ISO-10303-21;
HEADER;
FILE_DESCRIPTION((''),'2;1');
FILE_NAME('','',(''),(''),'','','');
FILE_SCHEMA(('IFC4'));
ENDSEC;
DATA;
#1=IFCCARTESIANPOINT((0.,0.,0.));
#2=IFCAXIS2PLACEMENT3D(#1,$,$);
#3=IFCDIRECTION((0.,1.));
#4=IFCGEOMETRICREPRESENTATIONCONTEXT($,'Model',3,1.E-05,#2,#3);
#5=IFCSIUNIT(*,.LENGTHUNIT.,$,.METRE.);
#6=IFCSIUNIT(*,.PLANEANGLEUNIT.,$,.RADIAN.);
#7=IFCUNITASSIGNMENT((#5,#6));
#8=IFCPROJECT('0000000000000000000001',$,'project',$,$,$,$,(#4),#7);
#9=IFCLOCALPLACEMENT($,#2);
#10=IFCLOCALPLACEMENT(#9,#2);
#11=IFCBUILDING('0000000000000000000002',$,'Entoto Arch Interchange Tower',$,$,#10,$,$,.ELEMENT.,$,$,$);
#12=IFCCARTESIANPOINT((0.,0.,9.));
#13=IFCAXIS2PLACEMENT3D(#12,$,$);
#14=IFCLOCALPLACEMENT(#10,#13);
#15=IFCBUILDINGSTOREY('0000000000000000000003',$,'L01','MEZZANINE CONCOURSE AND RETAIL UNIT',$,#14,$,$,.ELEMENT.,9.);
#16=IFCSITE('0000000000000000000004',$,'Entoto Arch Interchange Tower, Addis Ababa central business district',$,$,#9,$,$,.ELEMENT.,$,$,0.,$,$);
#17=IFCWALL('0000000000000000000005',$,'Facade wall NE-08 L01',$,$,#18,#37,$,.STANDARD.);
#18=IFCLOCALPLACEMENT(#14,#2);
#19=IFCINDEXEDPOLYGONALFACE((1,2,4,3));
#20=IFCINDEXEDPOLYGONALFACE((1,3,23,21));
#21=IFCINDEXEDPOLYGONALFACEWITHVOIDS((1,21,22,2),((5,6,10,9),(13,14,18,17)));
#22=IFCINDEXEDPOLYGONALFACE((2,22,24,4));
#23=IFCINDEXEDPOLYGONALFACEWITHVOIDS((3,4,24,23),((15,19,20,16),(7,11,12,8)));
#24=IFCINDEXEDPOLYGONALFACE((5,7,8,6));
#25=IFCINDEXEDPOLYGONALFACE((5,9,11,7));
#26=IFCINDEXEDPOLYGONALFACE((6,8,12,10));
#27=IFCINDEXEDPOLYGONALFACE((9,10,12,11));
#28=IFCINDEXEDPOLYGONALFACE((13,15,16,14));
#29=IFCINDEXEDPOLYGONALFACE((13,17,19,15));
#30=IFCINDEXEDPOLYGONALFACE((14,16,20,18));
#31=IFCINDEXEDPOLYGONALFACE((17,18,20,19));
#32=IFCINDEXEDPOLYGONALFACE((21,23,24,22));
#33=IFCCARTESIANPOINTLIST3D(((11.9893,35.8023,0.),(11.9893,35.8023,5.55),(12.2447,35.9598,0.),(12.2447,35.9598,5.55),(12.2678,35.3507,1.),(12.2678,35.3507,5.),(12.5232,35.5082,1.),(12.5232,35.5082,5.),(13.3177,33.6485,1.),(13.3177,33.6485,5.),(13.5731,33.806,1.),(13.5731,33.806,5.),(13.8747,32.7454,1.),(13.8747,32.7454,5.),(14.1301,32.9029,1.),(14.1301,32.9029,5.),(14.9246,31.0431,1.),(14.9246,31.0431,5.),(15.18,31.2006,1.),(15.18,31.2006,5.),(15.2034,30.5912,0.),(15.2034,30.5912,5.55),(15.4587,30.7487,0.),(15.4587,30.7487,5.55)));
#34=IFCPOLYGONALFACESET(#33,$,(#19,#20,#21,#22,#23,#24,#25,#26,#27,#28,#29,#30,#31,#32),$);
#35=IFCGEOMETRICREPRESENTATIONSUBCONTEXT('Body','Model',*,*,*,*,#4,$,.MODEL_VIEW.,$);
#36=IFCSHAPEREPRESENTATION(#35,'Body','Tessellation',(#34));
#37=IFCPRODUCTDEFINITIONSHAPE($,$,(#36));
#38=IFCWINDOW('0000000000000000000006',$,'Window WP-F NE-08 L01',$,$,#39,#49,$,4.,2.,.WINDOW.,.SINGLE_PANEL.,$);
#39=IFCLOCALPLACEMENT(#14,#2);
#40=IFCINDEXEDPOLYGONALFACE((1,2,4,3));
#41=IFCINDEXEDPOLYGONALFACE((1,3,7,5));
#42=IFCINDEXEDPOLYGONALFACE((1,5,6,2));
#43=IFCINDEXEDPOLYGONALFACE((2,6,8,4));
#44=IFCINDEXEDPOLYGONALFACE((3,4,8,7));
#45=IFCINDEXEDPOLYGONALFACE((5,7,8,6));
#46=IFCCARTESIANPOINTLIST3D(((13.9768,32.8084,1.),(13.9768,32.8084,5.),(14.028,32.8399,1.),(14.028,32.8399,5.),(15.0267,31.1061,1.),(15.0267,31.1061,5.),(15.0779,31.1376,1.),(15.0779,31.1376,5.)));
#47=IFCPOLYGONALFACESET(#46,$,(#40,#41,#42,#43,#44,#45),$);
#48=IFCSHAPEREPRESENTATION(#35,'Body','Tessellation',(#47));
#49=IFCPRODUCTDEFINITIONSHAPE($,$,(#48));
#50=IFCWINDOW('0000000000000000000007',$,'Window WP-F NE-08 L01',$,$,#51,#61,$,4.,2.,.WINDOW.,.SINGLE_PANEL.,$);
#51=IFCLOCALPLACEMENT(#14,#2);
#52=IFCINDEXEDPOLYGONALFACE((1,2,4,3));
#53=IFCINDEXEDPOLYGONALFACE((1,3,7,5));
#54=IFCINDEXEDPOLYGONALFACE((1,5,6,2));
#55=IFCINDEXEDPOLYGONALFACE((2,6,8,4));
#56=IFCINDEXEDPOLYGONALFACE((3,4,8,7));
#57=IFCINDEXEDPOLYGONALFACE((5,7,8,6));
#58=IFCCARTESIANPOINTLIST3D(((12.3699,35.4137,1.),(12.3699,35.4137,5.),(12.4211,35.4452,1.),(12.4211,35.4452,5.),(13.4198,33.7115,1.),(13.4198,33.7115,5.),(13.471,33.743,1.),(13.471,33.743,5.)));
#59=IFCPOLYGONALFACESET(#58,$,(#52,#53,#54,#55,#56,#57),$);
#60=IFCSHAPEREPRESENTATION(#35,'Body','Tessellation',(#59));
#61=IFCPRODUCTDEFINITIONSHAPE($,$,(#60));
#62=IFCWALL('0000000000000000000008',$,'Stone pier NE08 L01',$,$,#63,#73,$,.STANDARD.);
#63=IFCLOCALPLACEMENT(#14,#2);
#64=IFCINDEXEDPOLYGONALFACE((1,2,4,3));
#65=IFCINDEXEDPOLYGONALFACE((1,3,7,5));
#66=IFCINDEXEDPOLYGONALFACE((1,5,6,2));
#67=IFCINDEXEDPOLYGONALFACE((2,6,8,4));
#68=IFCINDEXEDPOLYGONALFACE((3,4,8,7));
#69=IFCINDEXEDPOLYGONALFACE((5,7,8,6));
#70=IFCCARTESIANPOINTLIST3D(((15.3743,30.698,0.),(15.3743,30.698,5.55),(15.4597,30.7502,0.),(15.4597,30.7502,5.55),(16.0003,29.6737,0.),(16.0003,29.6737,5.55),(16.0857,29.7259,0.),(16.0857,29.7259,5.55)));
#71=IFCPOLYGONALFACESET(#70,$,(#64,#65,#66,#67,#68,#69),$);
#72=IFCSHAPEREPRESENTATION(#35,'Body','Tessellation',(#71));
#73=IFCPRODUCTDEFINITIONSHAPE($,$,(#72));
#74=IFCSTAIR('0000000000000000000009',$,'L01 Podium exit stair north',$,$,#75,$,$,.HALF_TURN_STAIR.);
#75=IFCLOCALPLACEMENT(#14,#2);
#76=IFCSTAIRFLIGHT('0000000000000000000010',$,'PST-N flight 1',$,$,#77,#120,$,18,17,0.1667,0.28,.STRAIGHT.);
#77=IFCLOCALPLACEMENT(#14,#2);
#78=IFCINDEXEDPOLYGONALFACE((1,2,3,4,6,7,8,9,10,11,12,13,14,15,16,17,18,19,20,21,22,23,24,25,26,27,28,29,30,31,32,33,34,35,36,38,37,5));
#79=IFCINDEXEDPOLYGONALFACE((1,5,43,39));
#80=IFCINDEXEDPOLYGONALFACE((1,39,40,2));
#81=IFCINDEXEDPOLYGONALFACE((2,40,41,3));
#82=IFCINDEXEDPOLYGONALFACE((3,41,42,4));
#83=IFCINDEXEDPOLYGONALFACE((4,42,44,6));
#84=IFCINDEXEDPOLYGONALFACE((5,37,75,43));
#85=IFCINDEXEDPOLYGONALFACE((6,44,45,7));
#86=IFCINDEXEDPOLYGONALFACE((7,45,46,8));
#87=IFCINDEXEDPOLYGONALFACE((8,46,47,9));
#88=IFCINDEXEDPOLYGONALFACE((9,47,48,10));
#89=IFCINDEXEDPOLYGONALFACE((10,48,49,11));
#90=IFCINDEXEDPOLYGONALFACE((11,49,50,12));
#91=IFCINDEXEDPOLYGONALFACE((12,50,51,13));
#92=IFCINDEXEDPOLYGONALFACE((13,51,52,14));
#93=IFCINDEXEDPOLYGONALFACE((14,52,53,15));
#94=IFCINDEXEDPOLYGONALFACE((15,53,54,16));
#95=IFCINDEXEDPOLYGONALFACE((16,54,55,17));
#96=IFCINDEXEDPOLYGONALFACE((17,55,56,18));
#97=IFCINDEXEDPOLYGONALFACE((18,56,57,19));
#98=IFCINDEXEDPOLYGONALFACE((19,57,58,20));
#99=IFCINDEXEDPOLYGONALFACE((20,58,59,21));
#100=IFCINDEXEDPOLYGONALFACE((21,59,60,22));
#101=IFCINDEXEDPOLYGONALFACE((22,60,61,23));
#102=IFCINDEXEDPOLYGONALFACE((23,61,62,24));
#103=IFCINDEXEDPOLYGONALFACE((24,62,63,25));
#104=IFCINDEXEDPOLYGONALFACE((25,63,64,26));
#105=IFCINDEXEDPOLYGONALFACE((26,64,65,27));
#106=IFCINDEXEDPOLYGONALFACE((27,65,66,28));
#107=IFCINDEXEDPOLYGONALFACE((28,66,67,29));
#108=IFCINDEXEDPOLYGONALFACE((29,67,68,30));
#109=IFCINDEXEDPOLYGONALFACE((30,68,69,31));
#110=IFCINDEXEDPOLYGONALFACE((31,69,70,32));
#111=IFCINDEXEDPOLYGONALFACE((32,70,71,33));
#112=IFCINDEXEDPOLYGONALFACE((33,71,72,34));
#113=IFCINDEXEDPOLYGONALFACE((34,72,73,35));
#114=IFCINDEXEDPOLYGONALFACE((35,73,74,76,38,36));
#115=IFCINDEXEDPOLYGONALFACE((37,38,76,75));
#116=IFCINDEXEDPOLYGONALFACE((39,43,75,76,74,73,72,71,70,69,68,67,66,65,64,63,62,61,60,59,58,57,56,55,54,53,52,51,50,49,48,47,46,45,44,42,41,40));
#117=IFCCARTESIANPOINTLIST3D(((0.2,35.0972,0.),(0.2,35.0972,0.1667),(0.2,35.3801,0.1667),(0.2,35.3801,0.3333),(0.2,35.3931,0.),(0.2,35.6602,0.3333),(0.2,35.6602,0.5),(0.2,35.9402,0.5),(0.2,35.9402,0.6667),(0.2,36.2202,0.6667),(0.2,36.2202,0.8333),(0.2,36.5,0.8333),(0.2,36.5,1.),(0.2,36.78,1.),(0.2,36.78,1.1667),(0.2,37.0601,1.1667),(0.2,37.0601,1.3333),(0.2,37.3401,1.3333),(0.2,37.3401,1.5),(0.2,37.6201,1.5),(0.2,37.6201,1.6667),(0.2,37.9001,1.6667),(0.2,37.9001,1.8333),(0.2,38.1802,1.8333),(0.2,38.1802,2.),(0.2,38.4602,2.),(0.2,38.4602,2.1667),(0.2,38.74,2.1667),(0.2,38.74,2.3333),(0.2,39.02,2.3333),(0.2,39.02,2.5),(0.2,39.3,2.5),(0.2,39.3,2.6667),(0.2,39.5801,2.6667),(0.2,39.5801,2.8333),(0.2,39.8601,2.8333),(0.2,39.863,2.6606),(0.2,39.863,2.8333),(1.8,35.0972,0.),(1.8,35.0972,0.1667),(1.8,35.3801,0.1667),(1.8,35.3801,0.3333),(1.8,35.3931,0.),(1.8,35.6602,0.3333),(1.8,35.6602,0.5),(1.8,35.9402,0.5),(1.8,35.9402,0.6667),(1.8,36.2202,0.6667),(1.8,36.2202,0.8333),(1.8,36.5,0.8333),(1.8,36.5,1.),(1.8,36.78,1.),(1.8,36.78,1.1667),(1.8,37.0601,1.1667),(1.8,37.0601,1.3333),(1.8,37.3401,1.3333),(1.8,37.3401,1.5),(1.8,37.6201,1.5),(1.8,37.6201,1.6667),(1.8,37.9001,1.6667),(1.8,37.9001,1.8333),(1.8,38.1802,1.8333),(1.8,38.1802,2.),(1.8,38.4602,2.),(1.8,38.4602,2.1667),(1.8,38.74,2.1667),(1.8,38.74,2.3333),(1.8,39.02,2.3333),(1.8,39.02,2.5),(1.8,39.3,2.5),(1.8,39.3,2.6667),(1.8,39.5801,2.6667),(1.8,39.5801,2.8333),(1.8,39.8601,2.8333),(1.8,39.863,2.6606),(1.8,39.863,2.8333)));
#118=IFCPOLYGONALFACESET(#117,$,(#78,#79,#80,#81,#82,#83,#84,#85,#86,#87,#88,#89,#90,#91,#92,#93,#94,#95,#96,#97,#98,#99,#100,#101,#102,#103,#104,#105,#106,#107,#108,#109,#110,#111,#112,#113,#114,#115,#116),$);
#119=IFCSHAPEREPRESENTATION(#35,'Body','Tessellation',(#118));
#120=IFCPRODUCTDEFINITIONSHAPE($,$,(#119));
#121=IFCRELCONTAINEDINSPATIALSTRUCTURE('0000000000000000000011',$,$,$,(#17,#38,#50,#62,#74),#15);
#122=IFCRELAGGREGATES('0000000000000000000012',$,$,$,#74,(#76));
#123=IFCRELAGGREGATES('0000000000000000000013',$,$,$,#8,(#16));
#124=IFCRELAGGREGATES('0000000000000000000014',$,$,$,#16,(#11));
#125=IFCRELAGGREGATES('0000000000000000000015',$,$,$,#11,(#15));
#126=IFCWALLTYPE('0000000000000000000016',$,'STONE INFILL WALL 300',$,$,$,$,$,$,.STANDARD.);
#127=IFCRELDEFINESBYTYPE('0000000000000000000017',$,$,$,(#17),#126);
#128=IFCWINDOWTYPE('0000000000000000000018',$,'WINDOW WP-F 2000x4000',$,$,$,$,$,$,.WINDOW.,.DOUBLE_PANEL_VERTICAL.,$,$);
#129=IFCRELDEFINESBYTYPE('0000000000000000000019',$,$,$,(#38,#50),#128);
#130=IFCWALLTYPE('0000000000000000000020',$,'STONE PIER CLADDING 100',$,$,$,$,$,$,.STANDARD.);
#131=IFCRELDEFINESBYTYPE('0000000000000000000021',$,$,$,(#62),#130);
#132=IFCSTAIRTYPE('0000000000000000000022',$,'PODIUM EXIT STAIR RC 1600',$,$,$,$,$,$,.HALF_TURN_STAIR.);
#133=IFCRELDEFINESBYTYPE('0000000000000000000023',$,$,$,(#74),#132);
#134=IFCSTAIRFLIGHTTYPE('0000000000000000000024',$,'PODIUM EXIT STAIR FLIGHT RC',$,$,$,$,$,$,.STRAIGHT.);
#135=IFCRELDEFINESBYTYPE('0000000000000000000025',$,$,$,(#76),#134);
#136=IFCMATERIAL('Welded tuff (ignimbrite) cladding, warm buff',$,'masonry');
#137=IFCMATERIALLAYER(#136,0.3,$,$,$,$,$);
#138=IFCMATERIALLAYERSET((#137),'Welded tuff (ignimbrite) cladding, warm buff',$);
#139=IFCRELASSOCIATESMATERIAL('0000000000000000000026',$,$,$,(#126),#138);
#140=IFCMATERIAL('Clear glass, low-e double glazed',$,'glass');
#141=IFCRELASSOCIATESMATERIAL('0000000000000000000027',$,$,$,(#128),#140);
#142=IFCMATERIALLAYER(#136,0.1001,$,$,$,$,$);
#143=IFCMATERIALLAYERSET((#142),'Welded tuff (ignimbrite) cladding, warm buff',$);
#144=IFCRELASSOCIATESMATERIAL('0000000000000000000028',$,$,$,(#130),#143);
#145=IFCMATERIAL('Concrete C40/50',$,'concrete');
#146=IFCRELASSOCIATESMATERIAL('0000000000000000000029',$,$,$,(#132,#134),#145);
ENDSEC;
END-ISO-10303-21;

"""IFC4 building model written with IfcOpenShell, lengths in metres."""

from ifc_helpers import new_model, si_unit, direction, frame, frame_2d, origin, place, context, subcontext, project, spatial, polyline, rectangle, outline, extrude, material, layer, layer_set, type_object, element, fill, aggregate, save


model = new_model("IFC4")

# Units and contexts
model_context = context("Model", 3, precision=1e-05, world=origin(), true_north=direction((0.0, 1.0)))
body_context = subcontext(model_context, "Body", "Model", "MODEL_VIEW")
ifc_project = project(units=[si_unit("LENGTHUNIT", "METRE"), si_unit("PLANEANGLEUNIT", "RADIAN")], contexts=[model_context])

# Site, building, storey
site_placement = place(None, origin())
site = spatial("IfcSite", under=ifc_project, at=site_placement, Name="Entoto Arch Interchange Tower, Addis Ababa central business district", CompositionType="ELEMENT", RefElevation=0.0)
building_placement = place(site_placement, origin())
building = spatial("IfcBuilding", under=site, at=building_placement, Name="Entoto Arch Interchange Tower", CompositionType="ELEMENT")
storey_placement = place(building_placement, frame((0.0, 0.0, 9.0)))
storey = spatial("IfcBuildingStorey", under=building, at=storey_placement, Name="L01", Description="MEZZANINE CONCOURSE AND RETAIL UNIT", CompositionType="ELEMENT", Elevation=9.0)

# Shared definitions
ifc_material_1 = material(Name="Concrete C40/50", Category="concrete")

# Wall, openings, windows
ifc_material_2 = material(Name="Welded tuff (ignimbrite) cladding, warm buff", Category="masonry")
ifc_layer_1 = layer(ifc_material_2, 0.3)
ifc_layer_set_1 = layer_set([ifc_layer_1], Name="Welded tuff (ignimbrite) cladding, warm buff")
wall_type_1 = type_object("IfcWallType", Name="STONE INFILL WALL 300", PredefinedType="STANDARD", material=ifc_layer_set_1)
wall_1_placement = place(storey_placement, frame((15.3311, 30.6699, 0.0), z_axis=(0.0, 0.0, 1.0), x_axis=(-0.524954, 0.851131, 0.0)))
wall_1 = element("IfcWall", 1, at=wall_1_placement, inside=storey, type_object=wall_type_1, Name="Facade wall NE-08 L01", PredefinedType="STANDARD", context=body_context, shape_type="SweptSolid", body=[
    extrude(rectangle(XDim=6.1226, YDim=0.3, at=frame_2d((3.0613, 0.0))), origin(), (0.0, 0.0, 1.0), 5.55),
])
opening_1_placement = place(wall_1_placement, frame((0.531, 0.0, 1.0)))
opening_1 = element("IfcOpeningElement", 2, at=opening_1_placement, cuts=wall_1, PredefinedType="OPENING", context=body_context, shape_type="SweptSolid", body=[
    extrude(rectangle(XDim=2.0, YDim=4.0, at=frame_2d((1.0, 2.0))), frame((0.0, 0.1602, 0.0), z_axis=(0.0, -1.0, 0.0), x_axis=(1.0, 0.0, 0.0)), (0.0, 0.0, 1.0), 0.3201),
])
opening_2_placement = place(wall_1_placement, frame((3.592, 0.0, 1.0)))
opening_2 = element("IfcOpeningElement", 3, at=opening_2_placement, cuts=wall_1, PredefinedType="OPENING", context=body_context, shape_type="SweptSolid", body=[
    extrude(rectangle(XDim=2.0, YDim=4.0, at=frame_2d((1.0, 2.0))), frame((0.0, 0.1602, 0.0), z_axis=(0.0, -1.0, 0.0), x_axis=(1.0, 0.0, 0.0)), (0.0, 0.0, 1.0), 0.3201),
])
ifc_material_3 = material(Name="Clear glass, low-e double glazed", Category="glass")
window_type = type_object("IfcWindowType", Name="WINDOW WP-F 2000x4000", PartitioningType="DOUBLE_PANEL_VERTICAL", PredefinedType="WINDOW", material=ifc_material_3)
window_1_placement = place(opening_1_placement, origin())
window_1 = element("IfcWindow", 4, at=window_1_placement, inside=storey, type_object=window_type, Name="Window WP-F NE-08 L01", OverallHeight=4.0, OverallWidth=2.0, PartitioningType="SINGLE_PANEL", PredefinedType="WINDOW", context=body_context, shape_type="SweptSolid", body=[
    extrude(rectangle(XDim=2.0, YDim=4.0, at=frame_2d((1.0, 2.0))), frame((0.0, 0.03, 0.0), z_axis=(0.0, -1.0, 0.0), x_axis=(1.0, 0.0, 0.0)), (0.0, 0.0, 1.0), 0.0601),
])
fill(opening_1, window_1)
window_2_placement = place(opening_2_placement, origin())
window_2 = element("IfcWindow", 5, at=window_2_placement, inside=storey, type_object=window_type, Name="Window WP-F NE-08 L01", OverallHeight=4.0, OverallWidth=2.0, PartitioningType="SINGLE_PANEL", PredefinedType="WINDOW", context=body_context, shape_type="SweptSolid", body=[
    extrude(rectangle(XDim=2.0, YDim=4.0, at=frame_2d((1.0, 2.0))), frame((0.0, 0.03, 0.0), z_axis=(0.0, -1.0, 0.0), x_axis=(1.0, 0.0, 0.0)), (0.0, 0.0, 1.0), 0.0601),
])
fill(opening_2, window_2)

# Wall
ifc_layer_2 = layer(ifc_material_2, 0.1001)
ifc_layer_set_2 = layer_set([ifc_layer_2], Name="Welded tuff (ignimbrite) cladding, warm buff")
wall_type_2 = type_object("IfcWallType", Name="STONE PIER CLADDING 100", PredefinedType="STANDARD", material=ifc_layer_set_2)
wall_2_placement = place(storey_placement, frame((16.043, 29.7, 0.0), z_axis=(0.0, 0.0, 1.0), x_axis=(-0.521508, 0.853247, 0.0)))
element("IfcWall", 6, at=wall_2_placement, inside=storey, type_object=wall_type_2, Name="Stone pier NE08 L01", PredefinedType="STANDARD", context=body_context, shape_type="SweptSolid", body=[
    extrude(rectangle(XDim=1.2004, YDim=0.1001, at=frame_2d((0.6001, 0.0))), origin(), (0.0, 0.0, 1.0), 5.55),
])

# Stair, stair flight
stair_type = type_object("IfcStairType", Name="PODIUM EXIT STAIR RC 1600", PredefinedType="HALF_TURN_STAIR", material=ifc_material_1)
stair_placement = place(storey_placement, origin())
stair = element("IfcStair", 7, at=stair_placement, inside=storey, type_object=stair_type, Name="L01 Podium exit stair north", PredefinedType="HALF_TURN_STAIR")
stair_flight_type = type_object("IfcStairFlightType", Name="PODIUM EXIT STAIR FLIGHT RC", PredefinedType="STRAIGHT", material=ifc_material_1)
stair_flight_placement = place(storey_placement, frame((1.0, 35.1001, 0.0), z_axis=(0.0, 0.0, 1.0), x_axis=(0.0, 1.0, 0.0)))
stair_flight = element("IfcStairFlight", 8, at=stair_flight_placement, type_object=stair_flight_type, Name="PST-N flight 1", NumberOfRisers=18, NumberOfTreads=17, PredefinedType="STRAIGHT", RiserHeight=0.1667, TreadLength=0.28, context=body_context, shape_type="SweptSolid", body=[
    extrude(outline(polyline([(-0.0029, 0.0), (-0.0029, 0.1667), (0.28, 0.1667), (0.28, 0.3333), (0.5601, 0.3333), (0.5601, 0.5), (0.8401, 0.5), (0.8401, 0.6667), (1.1201, 0.6667), (1.1201, 0.8333), (1.3999, 0.8333), (1.3999, 1.0), (1.6799, 1.0), (1.6799, 1.1667), (1.96, 1.1667), (1.96, 1.3333), (2.24, 1.3333), (2.24, 1.5), (2.52, 1.5), (2.52, 1.6667), (2.8, 1.6667), (2.8, 1.8333), (3.0801, 1.8333), (3.0801, 2.0), (3.3601, 2.0), (3.3601, 2.1667), (3.6399, 2.1667), (3.6399, 2.3333), (3.9199, 2.3333), (3.9199, 2.5), (4.2, 2.5), (4.2, 2.6667), (4.48, 2.6667), (4.48, 2.8333), (4.76, 2.8333), (4.7629, 2.8333), (4.7629, 2.6606), (0.293, 0.0), (-0.0029, 0.0)])), frame((0.0, 0.8, 0.0), z_axis=(0.0, -1.0, 0.0), x_axis=(1.0, 0.0, 0.0)), (0.0, 0.0, 1.0), 1.6001),
])
aggregate(stair, [stair_flight])

save(model, "model.ifc")
